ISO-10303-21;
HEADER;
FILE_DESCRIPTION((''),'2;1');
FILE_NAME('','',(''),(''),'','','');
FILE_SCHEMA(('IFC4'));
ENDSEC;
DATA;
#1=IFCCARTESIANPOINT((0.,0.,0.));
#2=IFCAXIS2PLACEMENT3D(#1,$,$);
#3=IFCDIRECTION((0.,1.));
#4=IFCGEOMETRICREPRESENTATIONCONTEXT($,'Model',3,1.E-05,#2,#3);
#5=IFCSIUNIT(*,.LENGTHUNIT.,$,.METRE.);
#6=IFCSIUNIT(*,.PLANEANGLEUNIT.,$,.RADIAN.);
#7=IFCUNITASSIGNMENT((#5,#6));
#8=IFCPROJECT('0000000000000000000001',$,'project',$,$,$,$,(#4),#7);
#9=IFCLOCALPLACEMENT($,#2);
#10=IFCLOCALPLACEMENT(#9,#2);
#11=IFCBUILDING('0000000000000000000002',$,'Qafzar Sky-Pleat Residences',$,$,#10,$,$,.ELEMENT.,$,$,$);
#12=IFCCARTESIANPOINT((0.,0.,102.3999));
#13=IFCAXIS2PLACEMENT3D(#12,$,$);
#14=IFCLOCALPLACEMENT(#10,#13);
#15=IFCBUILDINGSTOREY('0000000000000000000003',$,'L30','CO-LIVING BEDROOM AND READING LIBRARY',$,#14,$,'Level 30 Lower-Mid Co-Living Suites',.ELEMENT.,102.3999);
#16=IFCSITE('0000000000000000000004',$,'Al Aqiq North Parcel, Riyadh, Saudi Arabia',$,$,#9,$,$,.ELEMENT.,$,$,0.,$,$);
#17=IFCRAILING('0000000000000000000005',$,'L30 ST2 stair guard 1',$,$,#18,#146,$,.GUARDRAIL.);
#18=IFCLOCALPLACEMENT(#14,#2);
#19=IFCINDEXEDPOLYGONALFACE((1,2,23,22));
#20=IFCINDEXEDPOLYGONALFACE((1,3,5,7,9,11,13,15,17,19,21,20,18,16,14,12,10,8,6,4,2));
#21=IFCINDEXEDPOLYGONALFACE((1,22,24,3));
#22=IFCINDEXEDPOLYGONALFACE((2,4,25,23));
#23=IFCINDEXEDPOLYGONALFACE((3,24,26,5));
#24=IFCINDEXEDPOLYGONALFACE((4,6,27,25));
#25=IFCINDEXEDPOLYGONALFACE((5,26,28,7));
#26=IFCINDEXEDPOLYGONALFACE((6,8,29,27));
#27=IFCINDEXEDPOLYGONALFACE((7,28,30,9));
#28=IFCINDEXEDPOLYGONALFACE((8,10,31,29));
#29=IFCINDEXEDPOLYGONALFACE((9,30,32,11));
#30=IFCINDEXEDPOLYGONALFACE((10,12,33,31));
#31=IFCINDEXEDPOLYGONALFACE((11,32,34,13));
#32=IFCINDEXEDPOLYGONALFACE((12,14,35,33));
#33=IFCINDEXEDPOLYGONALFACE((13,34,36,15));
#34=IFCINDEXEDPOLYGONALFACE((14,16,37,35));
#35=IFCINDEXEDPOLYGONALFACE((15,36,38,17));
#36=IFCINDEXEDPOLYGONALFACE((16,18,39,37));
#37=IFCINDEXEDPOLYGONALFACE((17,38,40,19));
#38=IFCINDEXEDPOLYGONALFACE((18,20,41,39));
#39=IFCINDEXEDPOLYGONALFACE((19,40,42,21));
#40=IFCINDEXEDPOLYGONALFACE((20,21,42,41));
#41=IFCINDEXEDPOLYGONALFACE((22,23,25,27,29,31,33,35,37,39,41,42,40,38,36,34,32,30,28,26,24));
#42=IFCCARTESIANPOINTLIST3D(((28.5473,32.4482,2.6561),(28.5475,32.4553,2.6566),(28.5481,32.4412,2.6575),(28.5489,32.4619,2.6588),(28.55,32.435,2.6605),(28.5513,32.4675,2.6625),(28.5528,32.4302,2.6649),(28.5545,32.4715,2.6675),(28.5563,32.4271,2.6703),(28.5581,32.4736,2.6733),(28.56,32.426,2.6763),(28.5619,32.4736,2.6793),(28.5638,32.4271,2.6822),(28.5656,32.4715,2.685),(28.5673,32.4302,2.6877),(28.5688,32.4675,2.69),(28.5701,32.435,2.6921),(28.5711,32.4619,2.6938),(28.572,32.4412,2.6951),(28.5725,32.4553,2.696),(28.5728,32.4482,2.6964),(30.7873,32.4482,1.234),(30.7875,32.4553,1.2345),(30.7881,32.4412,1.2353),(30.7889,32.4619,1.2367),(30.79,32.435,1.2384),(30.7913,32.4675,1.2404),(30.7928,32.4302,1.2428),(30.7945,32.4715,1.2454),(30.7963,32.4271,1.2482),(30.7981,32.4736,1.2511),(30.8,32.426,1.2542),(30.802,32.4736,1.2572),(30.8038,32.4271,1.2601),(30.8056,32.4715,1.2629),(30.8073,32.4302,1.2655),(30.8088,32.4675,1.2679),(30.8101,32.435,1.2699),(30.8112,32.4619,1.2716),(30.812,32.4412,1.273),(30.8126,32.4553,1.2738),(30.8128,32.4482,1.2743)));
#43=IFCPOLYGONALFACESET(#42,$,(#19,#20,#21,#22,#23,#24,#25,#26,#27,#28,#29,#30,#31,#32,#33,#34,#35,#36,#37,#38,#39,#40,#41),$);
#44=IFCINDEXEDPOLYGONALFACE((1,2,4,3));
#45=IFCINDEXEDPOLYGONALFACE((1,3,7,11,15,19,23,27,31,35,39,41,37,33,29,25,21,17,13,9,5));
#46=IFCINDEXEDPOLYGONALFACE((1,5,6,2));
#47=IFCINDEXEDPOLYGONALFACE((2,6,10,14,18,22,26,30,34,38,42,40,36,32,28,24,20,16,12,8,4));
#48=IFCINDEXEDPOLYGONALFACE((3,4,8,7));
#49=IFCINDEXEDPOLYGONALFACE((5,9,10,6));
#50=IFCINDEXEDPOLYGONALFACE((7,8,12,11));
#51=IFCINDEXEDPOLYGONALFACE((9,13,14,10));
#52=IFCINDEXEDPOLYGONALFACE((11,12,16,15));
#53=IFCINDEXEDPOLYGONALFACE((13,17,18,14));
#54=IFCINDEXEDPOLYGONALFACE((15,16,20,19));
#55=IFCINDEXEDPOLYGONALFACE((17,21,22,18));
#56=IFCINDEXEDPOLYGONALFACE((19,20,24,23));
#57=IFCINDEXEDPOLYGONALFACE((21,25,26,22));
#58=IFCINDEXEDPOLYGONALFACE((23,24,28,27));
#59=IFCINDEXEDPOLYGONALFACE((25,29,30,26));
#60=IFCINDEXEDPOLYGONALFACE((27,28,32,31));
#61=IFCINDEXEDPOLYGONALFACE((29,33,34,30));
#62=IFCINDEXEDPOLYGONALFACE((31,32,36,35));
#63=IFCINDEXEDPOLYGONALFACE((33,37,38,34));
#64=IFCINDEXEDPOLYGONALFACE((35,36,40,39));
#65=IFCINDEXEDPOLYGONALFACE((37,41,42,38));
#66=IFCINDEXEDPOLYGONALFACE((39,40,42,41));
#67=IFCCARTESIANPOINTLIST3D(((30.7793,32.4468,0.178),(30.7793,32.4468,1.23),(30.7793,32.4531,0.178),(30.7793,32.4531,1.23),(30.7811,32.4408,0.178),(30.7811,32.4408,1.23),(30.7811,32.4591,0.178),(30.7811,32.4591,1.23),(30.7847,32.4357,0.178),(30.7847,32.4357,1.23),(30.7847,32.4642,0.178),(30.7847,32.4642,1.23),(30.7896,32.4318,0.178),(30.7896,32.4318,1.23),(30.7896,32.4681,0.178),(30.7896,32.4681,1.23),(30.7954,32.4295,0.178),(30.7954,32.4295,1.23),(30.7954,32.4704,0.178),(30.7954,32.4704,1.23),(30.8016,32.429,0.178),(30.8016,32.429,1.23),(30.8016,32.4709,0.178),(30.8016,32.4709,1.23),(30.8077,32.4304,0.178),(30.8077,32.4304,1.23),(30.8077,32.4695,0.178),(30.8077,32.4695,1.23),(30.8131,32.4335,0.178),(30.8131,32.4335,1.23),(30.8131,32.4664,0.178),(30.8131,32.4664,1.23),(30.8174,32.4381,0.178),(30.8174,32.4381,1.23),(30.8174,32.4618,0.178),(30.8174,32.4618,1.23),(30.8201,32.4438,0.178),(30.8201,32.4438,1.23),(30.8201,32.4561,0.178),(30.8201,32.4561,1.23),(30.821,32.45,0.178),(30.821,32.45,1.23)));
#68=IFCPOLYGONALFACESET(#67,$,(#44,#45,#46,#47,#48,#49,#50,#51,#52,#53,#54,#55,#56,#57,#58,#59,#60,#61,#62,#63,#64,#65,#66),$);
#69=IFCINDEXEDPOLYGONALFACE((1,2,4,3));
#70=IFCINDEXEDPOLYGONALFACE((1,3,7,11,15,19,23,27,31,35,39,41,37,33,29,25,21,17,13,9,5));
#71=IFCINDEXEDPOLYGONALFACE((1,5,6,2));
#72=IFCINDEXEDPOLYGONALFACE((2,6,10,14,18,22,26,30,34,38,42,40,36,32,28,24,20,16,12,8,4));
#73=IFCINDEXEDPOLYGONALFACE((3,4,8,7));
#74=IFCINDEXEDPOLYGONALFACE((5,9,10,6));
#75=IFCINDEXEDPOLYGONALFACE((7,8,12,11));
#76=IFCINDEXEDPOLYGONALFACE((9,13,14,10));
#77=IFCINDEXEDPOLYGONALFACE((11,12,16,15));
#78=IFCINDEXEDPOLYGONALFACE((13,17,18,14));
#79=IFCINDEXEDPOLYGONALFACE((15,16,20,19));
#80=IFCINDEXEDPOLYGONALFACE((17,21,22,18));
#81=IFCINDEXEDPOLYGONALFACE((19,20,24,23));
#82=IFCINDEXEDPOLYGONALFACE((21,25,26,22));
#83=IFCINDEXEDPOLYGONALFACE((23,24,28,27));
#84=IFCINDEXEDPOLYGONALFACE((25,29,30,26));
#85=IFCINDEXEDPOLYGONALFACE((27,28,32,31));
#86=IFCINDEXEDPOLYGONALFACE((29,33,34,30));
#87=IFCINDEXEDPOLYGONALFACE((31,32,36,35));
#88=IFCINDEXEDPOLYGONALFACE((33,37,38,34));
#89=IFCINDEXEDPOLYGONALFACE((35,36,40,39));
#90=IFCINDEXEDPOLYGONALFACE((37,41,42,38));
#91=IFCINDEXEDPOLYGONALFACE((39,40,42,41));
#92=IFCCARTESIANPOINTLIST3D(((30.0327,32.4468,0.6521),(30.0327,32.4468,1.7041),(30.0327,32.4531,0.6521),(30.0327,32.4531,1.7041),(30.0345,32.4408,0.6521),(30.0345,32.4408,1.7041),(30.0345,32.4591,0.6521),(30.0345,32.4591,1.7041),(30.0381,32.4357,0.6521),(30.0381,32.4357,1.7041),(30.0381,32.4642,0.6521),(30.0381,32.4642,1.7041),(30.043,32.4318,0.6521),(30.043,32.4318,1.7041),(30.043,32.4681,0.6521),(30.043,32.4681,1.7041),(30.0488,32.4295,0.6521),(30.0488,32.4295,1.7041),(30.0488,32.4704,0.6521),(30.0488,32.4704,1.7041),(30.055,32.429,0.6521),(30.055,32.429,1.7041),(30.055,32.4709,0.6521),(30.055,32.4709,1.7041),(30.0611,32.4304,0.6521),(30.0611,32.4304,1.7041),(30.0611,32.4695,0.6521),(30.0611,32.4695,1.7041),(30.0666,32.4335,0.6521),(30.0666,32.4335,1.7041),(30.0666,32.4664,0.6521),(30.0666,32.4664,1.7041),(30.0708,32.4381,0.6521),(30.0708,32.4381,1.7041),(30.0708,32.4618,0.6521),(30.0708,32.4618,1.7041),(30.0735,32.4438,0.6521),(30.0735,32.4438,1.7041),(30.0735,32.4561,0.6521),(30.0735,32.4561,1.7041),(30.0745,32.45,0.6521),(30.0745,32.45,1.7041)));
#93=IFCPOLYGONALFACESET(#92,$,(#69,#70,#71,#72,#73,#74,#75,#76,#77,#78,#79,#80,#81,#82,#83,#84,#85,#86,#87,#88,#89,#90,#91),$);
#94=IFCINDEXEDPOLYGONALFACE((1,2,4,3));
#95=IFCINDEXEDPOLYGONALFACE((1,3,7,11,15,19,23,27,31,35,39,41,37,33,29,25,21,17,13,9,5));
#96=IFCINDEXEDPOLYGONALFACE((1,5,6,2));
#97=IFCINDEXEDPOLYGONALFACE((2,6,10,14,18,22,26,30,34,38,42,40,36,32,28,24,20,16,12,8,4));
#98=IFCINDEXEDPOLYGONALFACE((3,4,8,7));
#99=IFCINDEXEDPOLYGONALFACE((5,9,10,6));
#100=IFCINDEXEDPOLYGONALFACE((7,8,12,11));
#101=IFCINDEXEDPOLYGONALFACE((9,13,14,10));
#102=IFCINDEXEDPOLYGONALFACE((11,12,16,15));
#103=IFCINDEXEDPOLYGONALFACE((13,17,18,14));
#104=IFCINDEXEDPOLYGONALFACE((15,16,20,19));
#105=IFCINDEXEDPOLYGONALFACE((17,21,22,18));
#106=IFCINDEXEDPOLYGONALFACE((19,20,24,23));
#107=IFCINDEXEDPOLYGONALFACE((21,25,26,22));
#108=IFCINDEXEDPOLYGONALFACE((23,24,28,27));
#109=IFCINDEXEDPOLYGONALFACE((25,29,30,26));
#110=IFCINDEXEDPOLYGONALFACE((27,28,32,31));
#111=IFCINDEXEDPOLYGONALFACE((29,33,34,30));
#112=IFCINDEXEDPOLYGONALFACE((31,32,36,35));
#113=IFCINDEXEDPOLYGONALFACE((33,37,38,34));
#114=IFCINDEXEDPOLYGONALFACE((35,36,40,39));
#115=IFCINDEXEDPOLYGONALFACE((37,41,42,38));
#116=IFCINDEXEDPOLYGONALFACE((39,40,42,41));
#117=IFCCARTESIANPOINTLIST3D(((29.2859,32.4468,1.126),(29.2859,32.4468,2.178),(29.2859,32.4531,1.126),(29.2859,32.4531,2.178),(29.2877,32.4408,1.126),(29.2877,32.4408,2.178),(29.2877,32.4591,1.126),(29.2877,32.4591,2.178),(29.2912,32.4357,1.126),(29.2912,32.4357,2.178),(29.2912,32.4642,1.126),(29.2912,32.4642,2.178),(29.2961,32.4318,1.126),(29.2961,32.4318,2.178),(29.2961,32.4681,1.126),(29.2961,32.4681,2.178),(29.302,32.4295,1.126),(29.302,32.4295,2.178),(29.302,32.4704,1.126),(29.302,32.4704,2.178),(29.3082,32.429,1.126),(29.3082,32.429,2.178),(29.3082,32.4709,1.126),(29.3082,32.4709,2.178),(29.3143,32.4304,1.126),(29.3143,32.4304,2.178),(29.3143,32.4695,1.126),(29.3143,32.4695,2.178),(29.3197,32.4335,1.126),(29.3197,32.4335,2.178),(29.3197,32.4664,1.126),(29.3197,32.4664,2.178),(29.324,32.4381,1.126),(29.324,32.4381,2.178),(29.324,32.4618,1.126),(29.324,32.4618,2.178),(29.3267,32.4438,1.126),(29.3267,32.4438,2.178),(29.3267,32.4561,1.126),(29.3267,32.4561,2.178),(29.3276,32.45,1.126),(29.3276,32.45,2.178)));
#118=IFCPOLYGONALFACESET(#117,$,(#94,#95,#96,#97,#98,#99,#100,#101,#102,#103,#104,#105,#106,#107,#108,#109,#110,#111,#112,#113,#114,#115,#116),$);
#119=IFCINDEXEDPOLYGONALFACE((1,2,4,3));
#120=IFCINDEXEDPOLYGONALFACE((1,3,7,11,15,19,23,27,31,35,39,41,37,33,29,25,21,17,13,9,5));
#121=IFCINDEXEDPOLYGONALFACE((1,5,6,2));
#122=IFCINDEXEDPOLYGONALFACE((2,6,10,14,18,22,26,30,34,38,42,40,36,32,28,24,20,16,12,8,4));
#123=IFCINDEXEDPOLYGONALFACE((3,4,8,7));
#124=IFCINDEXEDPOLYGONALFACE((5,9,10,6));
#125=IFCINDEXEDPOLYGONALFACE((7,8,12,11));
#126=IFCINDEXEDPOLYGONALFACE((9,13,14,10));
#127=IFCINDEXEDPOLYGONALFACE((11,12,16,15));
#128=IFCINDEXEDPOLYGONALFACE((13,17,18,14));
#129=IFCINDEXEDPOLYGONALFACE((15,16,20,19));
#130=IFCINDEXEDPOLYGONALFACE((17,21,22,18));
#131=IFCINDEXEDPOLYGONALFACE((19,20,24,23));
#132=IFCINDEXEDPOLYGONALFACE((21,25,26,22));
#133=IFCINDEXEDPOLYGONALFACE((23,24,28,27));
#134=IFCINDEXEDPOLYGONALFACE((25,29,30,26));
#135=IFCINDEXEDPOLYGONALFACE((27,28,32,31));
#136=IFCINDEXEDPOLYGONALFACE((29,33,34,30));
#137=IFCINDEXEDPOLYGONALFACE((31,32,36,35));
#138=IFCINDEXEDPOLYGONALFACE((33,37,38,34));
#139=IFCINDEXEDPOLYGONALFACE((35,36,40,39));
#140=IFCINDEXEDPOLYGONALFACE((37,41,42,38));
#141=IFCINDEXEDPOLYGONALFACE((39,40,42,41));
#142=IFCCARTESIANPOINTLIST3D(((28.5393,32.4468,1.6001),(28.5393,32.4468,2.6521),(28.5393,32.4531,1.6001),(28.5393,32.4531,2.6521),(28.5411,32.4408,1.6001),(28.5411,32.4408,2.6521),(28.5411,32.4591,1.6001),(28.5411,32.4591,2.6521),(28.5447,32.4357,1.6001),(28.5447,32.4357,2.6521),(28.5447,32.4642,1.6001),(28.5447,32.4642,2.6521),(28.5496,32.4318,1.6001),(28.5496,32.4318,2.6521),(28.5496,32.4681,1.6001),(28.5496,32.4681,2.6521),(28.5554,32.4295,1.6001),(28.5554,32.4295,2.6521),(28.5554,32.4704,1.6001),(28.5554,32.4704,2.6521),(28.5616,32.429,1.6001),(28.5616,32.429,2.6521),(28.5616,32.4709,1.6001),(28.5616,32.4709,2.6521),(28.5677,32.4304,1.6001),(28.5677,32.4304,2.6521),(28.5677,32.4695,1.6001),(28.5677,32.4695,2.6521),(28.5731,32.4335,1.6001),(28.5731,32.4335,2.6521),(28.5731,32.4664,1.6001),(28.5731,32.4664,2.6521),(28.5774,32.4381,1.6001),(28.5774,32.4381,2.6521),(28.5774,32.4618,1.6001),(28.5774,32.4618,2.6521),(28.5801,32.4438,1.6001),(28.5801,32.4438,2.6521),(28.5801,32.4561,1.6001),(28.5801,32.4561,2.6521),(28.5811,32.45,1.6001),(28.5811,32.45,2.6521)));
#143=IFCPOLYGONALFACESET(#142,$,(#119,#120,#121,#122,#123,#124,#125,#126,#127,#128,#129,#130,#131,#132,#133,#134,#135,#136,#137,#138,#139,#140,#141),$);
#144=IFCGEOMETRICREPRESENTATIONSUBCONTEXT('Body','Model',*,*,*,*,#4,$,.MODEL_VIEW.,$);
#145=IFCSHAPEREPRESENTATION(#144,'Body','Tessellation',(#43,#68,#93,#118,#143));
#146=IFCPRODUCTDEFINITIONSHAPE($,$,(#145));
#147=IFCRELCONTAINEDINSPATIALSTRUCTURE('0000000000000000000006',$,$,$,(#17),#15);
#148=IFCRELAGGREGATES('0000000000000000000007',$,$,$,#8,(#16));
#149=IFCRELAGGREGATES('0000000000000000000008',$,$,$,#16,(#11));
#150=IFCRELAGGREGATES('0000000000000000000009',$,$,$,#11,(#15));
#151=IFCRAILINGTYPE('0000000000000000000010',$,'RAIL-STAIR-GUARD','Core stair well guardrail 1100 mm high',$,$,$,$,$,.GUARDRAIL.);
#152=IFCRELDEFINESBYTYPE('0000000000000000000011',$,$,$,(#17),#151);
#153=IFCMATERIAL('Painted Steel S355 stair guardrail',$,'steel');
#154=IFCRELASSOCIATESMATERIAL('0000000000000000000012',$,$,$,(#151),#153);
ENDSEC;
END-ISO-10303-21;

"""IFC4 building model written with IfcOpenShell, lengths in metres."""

from ifc_helpers import new_model, si_unit, direction, frame, origin, origin_2d, place, context, subcontext, project, spatial, circle, extrude, source, transform, mapped, material, type_object, element, save


model = new_model("IFC4")

# Units and contexts
model_context = context("Model", 3, precision=1e-05, world=origin(), true_north=direction((0.0, 1.0)))
body_context = subcontext(model_context, "Body", "Model", "MODEL_VIEW")
ifc_project = project(units=[si_unit("LENGTHUNIT", "METRE"), si_unit("PLANEANGLEUNIT", "RADIAN")], contexts=[model_context])

# Site, building, storey
site_placement = place(None, origin())
site = spatial("IfcSite", under=ifc_project, at=site_placement, Name="Al Aqiq North Parcel, Riyadh, Saudi Arabia", CompositionType="ELEMENT", RefElevation=0.0)
building_placement = place(site_placement, origin())
building = spatial("IfcBuilding", under=site, at=building_placement, Name="Qafzar Sky-Pleat Residences", CompositionType="ELEMENT")
storey_placement = place(building_placement, frame((0.0, 0.0, 102.3999)))
storey = spatial("IfcBuildingStorey", under=building, at=storey_placement, Name="L30", Description="CO-LIVING BEDROOM AND READING LIBRARY", LongName="Level 30 Lower-Mid Co-Living Suites", CompositionType="ELEMENT", Elevation=102.3999)

# Railing
ifc_material_1 = material(Name="Painted Steel S355 stair guardrail", Category="steel")
railing_type_1 = type_object("IfcRailingType", Name="RAIL-STAIR-GUARD", Description="Core stair well guardrail 1100 mm high", PredefinedType="GUARDRAIL", material=ifc_material_1)
shared_shape_1 = source(origin(), body_context, "Body", "SweptSolid", [
    extrude(circle(Radius=0.0239, at=origin_2d()), frame((0.0, 0.0, 1.0762), z_axis=(-0.844229, 0.0, 0.535982), x_axis=(0.0, -1.0, 0.0)), (0.0, 0.0, 1.0), 2.6533),
    extrude(circle(Radius=0.021, at=origin_2d()), origin(), (0.0, 0.0, 1.0), 1.052),
    extrude(circle(Radius=0.021, at=origin_2d()), frame((-0.7466, 0.0, 0.4741)), (0.0, 0.0, 1.0), 1.052),
    extrude(circle(Radius=0.021, at=origin_2d()), frame((-1.4934, 0.0, 0.948)), (0.0, 0.0, 1.0), 1.052),
    extrude(circle(Radius=0.021, at=origin_2d()), frame((-2.24, 0.0, 1.4221)), (0.0, 0.0, 1.0), 1.052),
])
railing_1_placement = place(storey_placement, frame((30.8, 32.45, 0.178)))
element("IfcRailing", 1, at=railing_1_placement, inside=storey, type_object=railing_type_1, Name="L30 ST2 stair guard 1", PredefinedType="GUARDRAIL", context=body_context, shape_type="MappedRepresentation", body=[
    mapped(shared_shape_1, transform((0.0, 0.0, 0.0), x_axis=(1.0, 0.0, 0.0), y_axis=(0.0, 1.0, 0.0), z_axis=(0.0, 0.0, 1.0), scale=1.0)),
])

save(model, "model.ifc")
